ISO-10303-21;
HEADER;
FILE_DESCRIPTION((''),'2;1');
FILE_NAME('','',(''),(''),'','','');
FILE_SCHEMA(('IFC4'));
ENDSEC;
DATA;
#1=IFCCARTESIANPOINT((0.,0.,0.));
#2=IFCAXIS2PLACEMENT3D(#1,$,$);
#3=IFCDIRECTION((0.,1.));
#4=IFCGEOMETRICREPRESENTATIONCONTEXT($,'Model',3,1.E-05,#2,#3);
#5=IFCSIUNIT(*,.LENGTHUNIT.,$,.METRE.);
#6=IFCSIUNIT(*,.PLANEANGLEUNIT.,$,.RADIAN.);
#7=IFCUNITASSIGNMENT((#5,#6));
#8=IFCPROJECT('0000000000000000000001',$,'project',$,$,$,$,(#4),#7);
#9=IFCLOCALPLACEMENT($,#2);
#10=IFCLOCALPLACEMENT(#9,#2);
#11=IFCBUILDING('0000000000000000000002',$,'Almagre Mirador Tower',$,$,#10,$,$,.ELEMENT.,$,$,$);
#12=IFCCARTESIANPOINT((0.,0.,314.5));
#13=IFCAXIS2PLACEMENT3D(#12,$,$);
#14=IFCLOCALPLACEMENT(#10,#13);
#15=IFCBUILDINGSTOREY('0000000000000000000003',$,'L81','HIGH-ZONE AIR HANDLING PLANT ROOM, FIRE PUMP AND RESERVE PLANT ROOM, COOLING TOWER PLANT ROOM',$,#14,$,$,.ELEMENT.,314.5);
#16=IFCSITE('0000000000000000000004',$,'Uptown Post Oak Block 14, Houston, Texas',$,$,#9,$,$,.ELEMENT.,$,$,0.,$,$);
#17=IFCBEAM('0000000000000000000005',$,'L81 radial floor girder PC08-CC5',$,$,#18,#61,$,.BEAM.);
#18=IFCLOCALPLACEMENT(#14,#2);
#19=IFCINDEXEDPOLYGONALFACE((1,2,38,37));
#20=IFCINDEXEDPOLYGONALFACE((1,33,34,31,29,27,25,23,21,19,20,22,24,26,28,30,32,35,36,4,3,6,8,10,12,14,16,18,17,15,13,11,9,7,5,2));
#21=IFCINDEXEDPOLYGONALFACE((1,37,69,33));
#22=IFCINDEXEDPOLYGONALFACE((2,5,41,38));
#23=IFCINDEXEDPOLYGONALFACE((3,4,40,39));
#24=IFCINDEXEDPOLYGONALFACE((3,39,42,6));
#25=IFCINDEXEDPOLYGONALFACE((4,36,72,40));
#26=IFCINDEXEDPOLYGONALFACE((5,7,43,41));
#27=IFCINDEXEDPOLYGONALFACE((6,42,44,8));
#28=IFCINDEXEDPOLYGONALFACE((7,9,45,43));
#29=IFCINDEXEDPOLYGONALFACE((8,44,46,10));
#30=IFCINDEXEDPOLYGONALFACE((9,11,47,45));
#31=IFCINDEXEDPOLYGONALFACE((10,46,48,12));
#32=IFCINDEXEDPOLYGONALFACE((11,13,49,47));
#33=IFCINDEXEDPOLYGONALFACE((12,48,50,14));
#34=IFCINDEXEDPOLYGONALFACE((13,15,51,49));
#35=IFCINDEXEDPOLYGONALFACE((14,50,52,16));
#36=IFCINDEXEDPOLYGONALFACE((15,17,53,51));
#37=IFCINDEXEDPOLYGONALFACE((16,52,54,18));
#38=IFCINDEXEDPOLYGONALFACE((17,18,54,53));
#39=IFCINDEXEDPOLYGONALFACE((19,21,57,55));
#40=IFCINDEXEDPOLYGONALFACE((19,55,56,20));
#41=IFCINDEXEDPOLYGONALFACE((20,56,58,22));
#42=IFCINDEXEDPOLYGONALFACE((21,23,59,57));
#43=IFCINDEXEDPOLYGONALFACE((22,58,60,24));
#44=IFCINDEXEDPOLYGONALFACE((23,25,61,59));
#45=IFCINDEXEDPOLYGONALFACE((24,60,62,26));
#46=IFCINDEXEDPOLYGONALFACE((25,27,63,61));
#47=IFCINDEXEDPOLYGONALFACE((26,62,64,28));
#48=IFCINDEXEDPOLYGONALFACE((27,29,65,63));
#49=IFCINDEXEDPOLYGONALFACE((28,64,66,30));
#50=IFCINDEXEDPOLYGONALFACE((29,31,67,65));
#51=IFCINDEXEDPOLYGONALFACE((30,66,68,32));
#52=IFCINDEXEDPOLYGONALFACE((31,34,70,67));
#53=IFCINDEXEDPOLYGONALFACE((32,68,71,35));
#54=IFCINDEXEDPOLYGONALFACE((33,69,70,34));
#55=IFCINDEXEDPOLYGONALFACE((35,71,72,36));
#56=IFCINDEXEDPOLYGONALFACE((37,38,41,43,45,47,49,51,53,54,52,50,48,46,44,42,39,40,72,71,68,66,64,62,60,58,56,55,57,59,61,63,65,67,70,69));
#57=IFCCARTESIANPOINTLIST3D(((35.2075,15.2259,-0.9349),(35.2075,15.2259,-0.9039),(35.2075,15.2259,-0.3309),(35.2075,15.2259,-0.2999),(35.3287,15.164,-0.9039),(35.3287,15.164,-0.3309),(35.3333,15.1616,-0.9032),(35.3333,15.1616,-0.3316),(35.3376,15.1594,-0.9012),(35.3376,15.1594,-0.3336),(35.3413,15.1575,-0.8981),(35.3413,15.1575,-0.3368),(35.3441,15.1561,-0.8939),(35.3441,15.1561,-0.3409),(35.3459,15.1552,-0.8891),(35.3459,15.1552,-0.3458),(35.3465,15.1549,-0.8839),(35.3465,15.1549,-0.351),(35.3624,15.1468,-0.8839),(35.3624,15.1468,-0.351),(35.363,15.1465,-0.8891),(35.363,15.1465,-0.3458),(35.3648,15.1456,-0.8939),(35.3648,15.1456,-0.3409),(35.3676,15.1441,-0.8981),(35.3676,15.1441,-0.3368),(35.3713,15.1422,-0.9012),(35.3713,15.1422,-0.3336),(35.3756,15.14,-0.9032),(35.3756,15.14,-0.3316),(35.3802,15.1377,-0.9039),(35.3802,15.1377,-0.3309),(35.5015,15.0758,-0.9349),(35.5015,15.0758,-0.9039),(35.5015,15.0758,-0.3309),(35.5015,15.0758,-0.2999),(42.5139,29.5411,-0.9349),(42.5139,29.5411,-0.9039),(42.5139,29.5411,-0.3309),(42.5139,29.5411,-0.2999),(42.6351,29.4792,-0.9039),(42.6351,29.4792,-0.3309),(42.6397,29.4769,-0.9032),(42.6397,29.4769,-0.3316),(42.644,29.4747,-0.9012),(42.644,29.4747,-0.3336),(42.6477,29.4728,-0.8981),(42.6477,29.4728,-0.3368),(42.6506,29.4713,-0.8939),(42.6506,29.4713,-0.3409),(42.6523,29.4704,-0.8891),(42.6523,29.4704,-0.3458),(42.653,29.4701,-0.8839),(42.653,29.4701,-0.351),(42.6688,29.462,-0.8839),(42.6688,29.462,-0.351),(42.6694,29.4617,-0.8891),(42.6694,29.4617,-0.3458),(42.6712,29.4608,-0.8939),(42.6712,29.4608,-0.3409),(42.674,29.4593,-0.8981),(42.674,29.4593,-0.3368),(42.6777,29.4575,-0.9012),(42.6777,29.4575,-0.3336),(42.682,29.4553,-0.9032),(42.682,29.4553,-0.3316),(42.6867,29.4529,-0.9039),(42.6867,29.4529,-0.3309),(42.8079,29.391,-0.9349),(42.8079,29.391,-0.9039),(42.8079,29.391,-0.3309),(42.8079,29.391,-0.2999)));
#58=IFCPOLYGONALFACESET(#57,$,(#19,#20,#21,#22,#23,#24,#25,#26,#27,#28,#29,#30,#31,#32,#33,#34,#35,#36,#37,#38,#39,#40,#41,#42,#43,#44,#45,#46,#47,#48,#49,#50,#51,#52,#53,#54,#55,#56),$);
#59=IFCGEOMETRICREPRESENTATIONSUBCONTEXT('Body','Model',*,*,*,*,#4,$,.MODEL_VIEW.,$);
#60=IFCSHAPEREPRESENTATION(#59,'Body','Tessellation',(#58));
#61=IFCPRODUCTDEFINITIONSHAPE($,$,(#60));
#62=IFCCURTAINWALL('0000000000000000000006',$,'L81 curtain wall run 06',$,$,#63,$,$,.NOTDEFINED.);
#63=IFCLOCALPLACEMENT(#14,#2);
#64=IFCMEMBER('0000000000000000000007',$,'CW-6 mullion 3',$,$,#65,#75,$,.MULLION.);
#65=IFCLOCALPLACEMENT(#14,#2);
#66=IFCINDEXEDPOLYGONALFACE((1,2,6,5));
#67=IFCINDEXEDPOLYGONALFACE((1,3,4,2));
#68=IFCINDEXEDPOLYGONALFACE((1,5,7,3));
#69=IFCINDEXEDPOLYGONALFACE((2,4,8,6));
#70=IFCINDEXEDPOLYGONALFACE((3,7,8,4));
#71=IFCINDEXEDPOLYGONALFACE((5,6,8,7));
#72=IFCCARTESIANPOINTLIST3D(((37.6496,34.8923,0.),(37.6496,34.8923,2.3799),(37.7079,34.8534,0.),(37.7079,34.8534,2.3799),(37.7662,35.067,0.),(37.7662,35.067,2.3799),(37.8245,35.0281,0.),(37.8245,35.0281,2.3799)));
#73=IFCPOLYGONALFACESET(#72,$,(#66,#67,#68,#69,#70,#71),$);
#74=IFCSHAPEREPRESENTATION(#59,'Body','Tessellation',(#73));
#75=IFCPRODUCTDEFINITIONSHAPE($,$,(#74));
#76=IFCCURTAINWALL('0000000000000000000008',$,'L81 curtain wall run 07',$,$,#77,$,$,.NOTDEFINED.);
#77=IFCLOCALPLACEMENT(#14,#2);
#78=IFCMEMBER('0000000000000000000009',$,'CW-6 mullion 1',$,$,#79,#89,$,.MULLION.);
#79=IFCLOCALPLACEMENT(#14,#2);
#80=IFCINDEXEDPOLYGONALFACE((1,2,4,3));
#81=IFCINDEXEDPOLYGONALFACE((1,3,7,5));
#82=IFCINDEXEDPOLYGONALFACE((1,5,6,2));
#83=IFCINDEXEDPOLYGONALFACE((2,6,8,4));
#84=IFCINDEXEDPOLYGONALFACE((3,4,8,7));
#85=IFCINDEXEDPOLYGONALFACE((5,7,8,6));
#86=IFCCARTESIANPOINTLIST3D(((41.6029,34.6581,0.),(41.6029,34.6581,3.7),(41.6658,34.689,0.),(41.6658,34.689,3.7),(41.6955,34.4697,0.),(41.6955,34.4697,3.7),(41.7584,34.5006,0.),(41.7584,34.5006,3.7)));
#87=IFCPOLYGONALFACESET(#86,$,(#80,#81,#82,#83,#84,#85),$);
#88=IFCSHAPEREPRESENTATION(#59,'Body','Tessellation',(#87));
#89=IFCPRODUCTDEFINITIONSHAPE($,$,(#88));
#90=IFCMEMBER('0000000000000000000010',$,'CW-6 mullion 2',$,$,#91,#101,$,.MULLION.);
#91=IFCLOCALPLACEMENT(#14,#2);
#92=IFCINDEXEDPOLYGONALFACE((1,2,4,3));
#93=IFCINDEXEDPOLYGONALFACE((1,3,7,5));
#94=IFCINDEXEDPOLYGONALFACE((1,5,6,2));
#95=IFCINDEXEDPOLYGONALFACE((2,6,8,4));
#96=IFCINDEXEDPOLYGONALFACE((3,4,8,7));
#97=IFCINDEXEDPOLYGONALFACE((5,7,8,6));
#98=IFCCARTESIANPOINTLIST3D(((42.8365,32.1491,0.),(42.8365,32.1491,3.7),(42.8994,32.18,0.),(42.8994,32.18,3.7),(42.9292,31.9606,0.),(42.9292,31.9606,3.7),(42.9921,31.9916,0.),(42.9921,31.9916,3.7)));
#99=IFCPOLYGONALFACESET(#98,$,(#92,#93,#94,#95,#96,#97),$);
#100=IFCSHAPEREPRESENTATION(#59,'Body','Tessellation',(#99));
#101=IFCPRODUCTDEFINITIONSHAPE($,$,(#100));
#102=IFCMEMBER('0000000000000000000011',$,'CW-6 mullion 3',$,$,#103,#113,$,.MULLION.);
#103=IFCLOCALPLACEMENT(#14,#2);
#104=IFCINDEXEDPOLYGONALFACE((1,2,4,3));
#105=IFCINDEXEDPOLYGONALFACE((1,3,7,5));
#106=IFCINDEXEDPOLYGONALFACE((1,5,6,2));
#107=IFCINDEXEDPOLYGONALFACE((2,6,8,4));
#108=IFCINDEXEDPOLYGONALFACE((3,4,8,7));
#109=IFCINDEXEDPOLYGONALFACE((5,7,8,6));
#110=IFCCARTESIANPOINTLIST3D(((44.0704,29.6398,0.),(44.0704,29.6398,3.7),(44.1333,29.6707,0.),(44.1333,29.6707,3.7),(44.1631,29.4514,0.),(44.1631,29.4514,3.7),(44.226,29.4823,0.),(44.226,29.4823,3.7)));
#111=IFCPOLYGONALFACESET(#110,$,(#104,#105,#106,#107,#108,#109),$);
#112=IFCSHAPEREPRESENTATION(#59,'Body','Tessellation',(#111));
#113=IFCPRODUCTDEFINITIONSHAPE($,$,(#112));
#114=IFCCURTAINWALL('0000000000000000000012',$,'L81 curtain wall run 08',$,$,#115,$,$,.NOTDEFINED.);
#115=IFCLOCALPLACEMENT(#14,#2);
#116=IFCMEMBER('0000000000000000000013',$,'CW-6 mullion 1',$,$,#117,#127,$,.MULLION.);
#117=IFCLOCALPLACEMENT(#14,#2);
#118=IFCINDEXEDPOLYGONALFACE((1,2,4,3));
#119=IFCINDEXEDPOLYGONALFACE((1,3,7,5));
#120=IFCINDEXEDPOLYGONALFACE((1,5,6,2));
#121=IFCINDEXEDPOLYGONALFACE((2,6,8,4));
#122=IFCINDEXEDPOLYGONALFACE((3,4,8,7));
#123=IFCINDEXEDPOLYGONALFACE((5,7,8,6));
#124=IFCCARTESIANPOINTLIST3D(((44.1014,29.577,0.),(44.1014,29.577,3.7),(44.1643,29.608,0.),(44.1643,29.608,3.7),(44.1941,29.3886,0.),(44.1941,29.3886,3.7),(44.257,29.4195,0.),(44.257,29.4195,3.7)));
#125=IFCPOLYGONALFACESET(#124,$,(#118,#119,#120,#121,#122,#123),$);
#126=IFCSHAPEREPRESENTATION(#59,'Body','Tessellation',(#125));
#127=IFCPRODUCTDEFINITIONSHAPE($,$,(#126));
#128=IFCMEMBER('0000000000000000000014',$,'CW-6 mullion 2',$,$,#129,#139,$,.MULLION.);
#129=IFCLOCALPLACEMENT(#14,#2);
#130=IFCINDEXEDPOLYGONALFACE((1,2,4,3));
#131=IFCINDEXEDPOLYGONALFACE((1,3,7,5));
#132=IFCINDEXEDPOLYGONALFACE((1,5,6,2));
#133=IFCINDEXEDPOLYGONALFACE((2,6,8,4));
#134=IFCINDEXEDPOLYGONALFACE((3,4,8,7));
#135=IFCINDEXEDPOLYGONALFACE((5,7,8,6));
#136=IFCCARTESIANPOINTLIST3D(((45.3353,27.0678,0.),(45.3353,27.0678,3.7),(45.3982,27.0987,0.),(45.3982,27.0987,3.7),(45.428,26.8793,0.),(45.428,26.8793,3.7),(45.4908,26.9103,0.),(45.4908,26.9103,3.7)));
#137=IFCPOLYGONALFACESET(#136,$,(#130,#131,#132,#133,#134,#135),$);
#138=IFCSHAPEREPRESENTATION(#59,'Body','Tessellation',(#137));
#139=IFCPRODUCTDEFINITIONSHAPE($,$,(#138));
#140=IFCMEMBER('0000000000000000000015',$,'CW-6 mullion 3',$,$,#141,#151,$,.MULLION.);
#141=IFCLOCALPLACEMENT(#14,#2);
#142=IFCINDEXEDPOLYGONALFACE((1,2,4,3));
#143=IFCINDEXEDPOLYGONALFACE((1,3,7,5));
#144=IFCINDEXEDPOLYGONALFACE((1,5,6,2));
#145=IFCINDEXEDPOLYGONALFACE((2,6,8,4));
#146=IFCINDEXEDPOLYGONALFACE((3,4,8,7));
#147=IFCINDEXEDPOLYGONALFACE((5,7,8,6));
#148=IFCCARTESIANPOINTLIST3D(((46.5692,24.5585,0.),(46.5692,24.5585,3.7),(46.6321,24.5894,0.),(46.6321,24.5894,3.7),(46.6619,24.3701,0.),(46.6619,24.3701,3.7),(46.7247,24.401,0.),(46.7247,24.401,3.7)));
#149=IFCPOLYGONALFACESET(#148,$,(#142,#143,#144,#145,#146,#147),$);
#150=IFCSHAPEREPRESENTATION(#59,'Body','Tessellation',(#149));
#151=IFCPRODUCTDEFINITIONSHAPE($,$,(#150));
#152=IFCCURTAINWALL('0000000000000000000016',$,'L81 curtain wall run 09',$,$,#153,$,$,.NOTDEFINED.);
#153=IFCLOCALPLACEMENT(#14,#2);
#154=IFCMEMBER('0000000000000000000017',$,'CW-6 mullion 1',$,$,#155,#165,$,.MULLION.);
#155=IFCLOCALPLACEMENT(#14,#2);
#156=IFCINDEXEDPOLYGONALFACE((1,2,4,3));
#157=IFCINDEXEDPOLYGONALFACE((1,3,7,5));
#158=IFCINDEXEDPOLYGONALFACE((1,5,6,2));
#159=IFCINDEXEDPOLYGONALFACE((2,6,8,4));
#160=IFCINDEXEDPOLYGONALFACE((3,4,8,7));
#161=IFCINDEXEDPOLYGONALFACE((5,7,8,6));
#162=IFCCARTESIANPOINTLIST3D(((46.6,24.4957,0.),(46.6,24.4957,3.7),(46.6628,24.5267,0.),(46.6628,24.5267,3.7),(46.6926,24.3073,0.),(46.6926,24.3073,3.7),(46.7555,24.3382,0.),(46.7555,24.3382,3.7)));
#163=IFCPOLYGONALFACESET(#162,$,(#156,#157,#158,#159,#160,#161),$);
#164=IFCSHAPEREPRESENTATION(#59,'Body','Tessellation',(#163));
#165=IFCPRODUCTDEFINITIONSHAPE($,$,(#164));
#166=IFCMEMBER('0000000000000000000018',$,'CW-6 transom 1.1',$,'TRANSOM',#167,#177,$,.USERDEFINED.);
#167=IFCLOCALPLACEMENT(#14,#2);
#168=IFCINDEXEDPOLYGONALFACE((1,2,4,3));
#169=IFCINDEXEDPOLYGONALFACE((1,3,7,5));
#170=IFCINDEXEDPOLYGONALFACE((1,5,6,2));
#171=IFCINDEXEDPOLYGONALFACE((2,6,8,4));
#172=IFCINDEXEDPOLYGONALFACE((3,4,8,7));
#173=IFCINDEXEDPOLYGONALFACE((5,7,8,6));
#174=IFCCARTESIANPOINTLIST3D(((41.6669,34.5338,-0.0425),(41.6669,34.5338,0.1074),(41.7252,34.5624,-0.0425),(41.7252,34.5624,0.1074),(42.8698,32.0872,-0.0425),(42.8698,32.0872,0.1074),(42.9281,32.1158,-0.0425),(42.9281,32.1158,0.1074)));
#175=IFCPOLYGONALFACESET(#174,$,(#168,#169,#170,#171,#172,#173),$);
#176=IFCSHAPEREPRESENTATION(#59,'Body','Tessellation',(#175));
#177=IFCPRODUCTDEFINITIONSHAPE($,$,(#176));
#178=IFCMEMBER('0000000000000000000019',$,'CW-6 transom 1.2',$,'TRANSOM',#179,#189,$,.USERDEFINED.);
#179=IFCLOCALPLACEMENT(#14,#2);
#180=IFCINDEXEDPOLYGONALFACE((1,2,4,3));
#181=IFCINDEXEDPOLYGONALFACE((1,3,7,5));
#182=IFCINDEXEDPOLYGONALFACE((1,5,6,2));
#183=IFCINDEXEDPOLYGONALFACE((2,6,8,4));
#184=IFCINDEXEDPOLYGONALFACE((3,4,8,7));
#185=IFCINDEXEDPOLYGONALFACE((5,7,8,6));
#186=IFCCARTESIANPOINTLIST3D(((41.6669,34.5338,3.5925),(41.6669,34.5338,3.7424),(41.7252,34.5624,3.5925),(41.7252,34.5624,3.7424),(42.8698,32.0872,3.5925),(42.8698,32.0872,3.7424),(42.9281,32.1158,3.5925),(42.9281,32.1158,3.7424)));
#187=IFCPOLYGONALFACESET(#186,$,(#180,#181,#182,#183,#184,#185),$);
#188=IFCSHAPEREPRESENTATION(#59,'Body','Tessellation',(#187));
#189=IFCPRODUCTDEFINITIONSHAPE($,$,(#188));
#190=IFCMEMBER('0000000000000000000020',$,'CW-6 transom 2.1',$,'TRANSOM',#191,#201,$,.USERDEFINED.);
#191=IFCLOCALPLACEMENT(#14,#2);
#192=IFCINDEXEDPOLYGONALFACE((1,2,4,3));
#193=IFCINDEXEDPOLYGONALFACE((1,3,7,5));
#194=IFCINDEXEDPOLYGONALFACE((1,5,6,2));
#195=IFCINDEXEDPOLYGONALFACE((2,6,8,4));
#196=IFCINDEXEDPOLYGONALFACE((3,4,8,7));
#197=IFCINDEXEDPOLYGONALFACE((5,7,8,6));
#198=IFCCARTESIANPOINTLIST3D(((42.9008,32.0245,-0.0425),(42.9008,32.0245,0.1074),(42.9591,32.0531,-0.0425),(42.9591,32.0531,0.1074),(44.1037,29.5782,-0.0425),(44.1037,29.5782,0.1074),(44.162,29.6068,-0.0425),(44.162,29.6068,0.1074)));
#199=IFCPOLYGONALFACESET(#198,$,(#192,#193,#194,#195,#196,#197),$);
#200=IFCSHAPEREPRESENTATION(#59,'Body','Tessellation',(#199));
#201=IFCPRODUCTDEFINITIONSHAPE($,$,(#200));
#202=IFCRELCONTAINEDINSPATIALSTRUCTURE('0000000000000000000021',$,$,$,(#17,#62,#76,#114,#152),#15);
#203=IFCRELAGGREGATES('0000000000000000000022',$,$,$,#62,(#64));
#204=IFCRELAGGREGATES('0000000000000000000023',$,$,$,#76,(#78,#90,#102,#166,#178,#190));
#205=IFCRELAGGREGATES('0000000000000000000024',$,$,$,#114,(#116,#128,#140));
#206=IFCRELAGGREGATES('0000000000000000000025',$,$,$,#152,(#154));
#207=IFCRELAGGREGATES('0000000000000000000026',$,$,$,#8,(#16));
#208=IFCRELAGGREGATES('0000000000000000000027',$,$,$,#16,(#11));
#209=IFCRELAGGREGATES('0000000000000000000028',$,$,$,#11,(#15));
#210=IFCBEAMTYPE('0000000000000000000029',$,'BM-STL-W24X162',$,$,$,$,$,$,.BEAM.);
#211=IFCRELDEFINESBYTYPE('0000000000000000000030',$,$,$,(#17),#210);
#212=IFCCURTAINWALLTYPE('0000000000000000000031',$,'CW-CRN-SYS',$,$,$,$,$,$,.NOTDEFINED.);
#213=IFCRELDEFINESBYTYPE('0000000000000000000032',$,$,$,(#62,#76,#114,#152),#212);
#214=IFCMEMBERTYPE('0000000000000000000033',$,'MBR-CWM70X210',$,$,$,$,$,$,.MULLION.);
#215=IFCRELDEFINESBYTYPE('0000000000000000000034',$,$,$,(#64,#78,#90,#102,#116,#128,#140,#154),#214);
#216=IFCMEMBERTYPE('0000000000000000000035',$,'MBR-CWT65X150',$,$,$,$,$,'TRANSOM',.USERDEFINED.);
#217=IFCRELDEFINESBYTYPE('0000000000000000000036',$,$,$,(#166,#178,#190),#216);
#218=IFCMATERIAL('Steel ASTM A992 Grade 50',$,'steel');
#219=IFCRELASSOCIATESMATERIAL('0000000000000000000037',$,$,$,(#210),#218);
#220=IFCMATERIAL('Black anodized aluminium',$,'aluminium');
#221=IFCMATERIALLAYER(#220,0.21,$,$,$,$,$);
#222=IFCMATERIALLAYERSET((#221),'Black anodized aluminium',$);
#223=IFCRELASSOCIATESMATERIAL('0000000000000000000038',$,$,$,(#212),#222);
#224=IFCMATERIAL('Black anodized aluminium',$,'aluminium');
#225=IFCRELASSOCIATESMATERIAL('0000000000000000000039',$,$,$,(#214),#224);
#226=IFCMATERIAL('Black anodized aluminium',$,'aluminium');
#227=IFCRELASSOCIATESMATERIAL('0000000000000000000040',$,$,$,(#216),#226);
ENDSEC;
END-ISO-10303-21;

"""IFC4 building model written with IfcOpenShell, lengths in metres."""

from ifc_helpers import new_model, si_unit, direction, frame, origin, origin_2d, place, context, subcontext, project, spatial, rectangle, i_section, extrude, material, layer, layer_set, material_profile, profile_set, type_object, element, aggregate, save


model = new_model("IFC4")

# Units and contexts
model_context = context("Model", 3, precision=1e-05, world=origin(), true_north=direction((0.0, 1.0)))
body_context = subcontext(model_context, "Body", "Model", "MODEL_VIEW")
ifc_project = project(units=[si_unit("LENGTHUNIT", "METRE"), si_unit("PLANEANGLEUNIT", "RADIAN")], contexts=[model_context])

# Site, building, storey
site_placement = place(None, origin())
site = spatial("IfcSite", under=ifc_project, at=site_placement, Name="Uptown Post Oak Block 14, Houston, Texas", CompositionType="ELEMENT", RefElevation=0.0)
building_placement = place(site_placement, origin())
building = spatial("IfcBuilding", under=site, at=building_placement, Name="Almagre Mirador Tower", CompositionType="ELEMENT")
storey_placement = place(building_placement, frame((0.0, 0.0, 314.5)))
storey = spatial("IfcBuildingStorey", under=building, at=storey_placement, Name="L81", Description="HIGH-ZONE AIR HANDLING PLANT ROOM, FIRE PUMP AND RESERVE PLANT ROOM, COOLING TOWER PLANT ROOM", CompositionType="ELEMENT", Elevation=314.5)

# Beam
ifc_material_1 = material(Name="Steel ASTM A992 Grade 50", Category="steel")
ifc_material_profile_1 = material_profile(ifc_material_1, i_section(OverallWidth=0.3301, OverallDepth=0.635, WebThickness=0.0178, FlangeThickness=0.031, FilletRadius=0.02, at=origin_2d()), Name="W24X162")
ifc_profile_set_1 = profile_set([ifc_material_profile_1], Name="Steel ASTM A992 Grade 50")
beam_type_1 = type_object("IfcBeamType", Name="BM-STL-W24X162", PredefinedType="BEAM", material=ifc_profile_set_1)
beam_1_placement = place(storey_placement, frame((42.6609, 29.4661, -0.6174), z_axis=(-0.454605, -0.890693, 0.0), x_axis=(0.890693, -0.454605, 0.0)))
element("IfcBeam", 1, at=beam_1_placement, inside=storey, type_object=beam_type_1, Name="L81 radial floor girder PC08-CC5", PredefinedType="BEAM", context=body_context, shape_type="SweptSolid", body=[
    extrude(i_section(OverallWidth=0.3301, OverallDepth=0.635, WebThickness=0.0178, FlangeThickness=0.031, FilletRadius=0.02, at=origin_2d()), origin(), (0.0, 0.0, 1.0), 16.072),
])

# Curtain wall, member
ifc_material_2 = material(Name="Black anodized aluminium", Category="aluminium")
ifc_layer_1 = layer(ifc_material_2, 0.21)
ifc_layer_set_1 = layer_set([ifc_layer_1], Name="Black anodized aluminium")
curtain_wall_type = type_object("IfcCurtainWallType", Name="CW-CRN-SYS", PredefinedType="NOTDEFINED", material=ifc_layer_set_1)
curtain_wall_1_placement = place(storey_placement, origin())
curtain_wall_1 = element("IfcCurtainWall", 2, at=curtain_wall_1_placement, inside=storey, type_object=curtain_wall_type, Name="L81 curtain wall run 06", PredefinedType="NOTDEFINED")
ifc_material_3 = material(Name="Black anodized aluminium", Category="aluminium")
ifc_material_profile_2 = material_profile(ifc_material_3, rectangle(XDim=0.0701, YDim=0.21, at=origin_2d()), Name="CWM70X210")
ifc_profile_set_2 = profile_set([ifc_material_profile_2], Name="Black anodized aluminium")
member_type_1 = type_object("IfcMemberType", Name="MBR-CWM70X210", PredefinedType="MULLION", material=ifc_profile_set_2)
member_1_placement = place(storey_placement, frame((37.7371, 34.9602, 0.0), z_axis=(0.0, 0.0, 1.0), x_axis=(-0.831708, 0.555213, 0.0)))
member_1 = element("IfcMember", 3, at=member_1_placement, type_object=member_type_1, Name="CW-6 mullion 3", PredefinedType="MULLION", context=body_context, shape_type="SweptSolid", body=[
    extrude(rectangle(XDim=0.0701, YDim=0.21, at=origin_2d()), origin(), (0.0, 0.0, 1.0), 2.3799),
])

# Curtain walls, members
curtain_wall_2_placement = place(storey_placement, origin())
curtain_wall_2 = element("IfcCurtainWall", 4, at=curtain_wall_2_placement, inside=storey, type_object=curtain_wall_type, Name="L81 curtain wall run 07", PredefinedType="NOTDEFINED")
member_2_placement = place(storey_placement, frame((41.6807, 34.5793, 0.0), z_axis=(0.0, 0.0, 1.0), x_axis=(0.897375, 0.44127, 0.0)))
member_2 = element("IfcMember", 5, at=member_2_placement, type_object=member_type_1, Name="CW-6 mullion 1", PredefinedType="MULLION", context=body_context, shape_type="SweptSolid", body=[
    extrude(rectangle(XDim=0.0701, YDim=0.21, at=origin_2d()), origin(), (0.0, 0.0, 1.0), 3.7),
])
member_3_placement = place(storey_placement, frame((42.9143, 32.0703, 0.0), z_axis=(0.0, 0.0, 1.0), x_axis=(0.897375, 0.44127, 0.0)))
member_3 = element("IfcMember", 6, at=member_3_placement, type_object=member_type_1, Name="CW-6 mullion 2", PredefinedType="MULLION", context=body_context, shape_type="SweptSolid", body=[
    extrude(rectangle(XDim=0.0701, YDim=0.21, at=origin_2d()), origin(), (0.0, 0.0, 1.0), 3.7),
])
member_4_placement = place(storey_placement, frame((44.1482, 29.561, 0.0), z_axis=(0.0, 0.0, 1.0), x_axis=(0.897375, 0.44127, 0.0)))
member_4 = element("IfcMember", 7, at=member_4_placement, type_object=member_type_1, Name="CW-6 mullion 3", PredefinedType="MULLION", context=body_context, shape_type="SweptSolid", body=[
    extrude(rectangle(XDim=0.0701, YDim=0.21, at=origin_2d()), origin(), (0.0, 0.0, 1.0), 3.7),
])
curtain_wall_3_placement = place(storey_placement, origin())
curtain_wall_3 = element("IfcCurtainWall", 8, at=curtain_wall_3_placement, inside=storey, type_object=curtain_wall_type, Name="L81 curtain wall run 08", PredefinedType="NOTDEFINED")
member_5_placement = place(storey_placement, frame((44.1792, 29.4983, 0.0), z_axis=(0.0, 0.0, 1.0), x_axis=(0.897375, 0.44127, 0.0)))
member_5 = element("IfcMember", 9, at=member_5_placement, type_object=member_type_1, Name="CW-6 mullion 1", PredefinedType="MULLION", context=body_context, shape_type="SweptSolid", body=[
    extrude(rectangle(XDim=0.0701, YDim=0.21, at=origin_2d()), origin(), (0.0, 0.0, 1.0), 3.7),
])
member_6_placement = place(storey_placement, frame((45.4131, 26.989, 0.0), z_axis=(0.0, 0.0, 1.0), x_axis=(0.897375, 0.44127, 0.0)))
member_6 = element("IfcMember", 10, at=member_6_placement, type_object=member_type_1, Name="CW-6 mullion 2", PredefinedType="MULLION", context=body_context, shape_type="SweptSolid", body=[
    extrude(rectangle(XDim=0.0701, YDim=0.21, at=origin_2d()), origin(), (0.0, 0.0, 1.0), 3.7),
])
member_7_placement = place(storey_placement, frame((46.647, 24.4797, 0.0), z_axis=(0.0, 0.0, 1.0), x_axis=(0.897375, 0.44127, 0.0)))
member_7 = element("IfcMember", 11, at=member_7_placement, type_object=member_type_1, Name="CW-6 mullion 3", PredefinedType="MULLION", context=body_context, shape_type="SweptSolid", body=[
    extrude(rectangle(XDim=0.0701, YDim=0.21, at=origin_2d()), origin(), (0.0, 0.0, 1.0), 3.7),
])

# Curtain wall, member
curtain_wall_4_placement = place(storey_placement, origin())
curtain_wall_4 = element("IfcCurtainWall", 12, at=curtain_wall_4_placement, inside=storey, type_object=curtain_wall_type, Name="L81 curtain wall run 09", PredefinedType="NOTDEFINED")
member_8_placement = place(storey_placement, frame((46.6777, 24.417, 0.0), z_axis=(0.0, 0.0, 1.0), x_axis=(0.897375, 0.44127, 0.0)))
member_8 = element("IfcMember", 13, at=member_8_placement, type_object=member_type_1, Name="CW-6 mullion 1", PredefinedType="MULLION", context=body_context, shape_type="SweptSolid", body=[
    extrude(rectangle(XDim=0.0701, YDim=0.21, at=origin_2d()), origin(), (0.0, 0.0, 1.0), 3.7),
])

# Members
ifc_material_4 = material(Name="Black anodized aluminium", Category="aluminium")
ifc_material_profile_3 = material_profile(ifc_material_4, rectangle(XDim=0.0649, YDim=0.1499, at=origin_2d()), Name="CWT65X150")
ifc_profile_set_3 = profile_set([ifc_material_profile_3], Name="Black anodized aluminium")
member_type_2 = type_object("IfcMemberType", Name="MBR-CWT65X150", ElementType="TRANSOM", PredefinedType="USERDEFINED", material=ifc_profile_set_3)
member_9_placement = place(storey_placement, frame((41.696, 34.5481, 0.0325), z_axis=(0.441222, -0.897398, 0.0), x_axis=(0.897398, 0.441222, 0.0)))
member_9 = element("IfcMember", 14, at=member_9_placement, type_object=member_type_2, Name="CW-6 transom 1.1", ObjectType="TRANSOM", PredefinedType="USERDEFINED", context=body_context, shape_type="SweptSolid", body=[
    extrude(rectangle(XDim=0.0649, YDim=0.1499, at=origin_2d()), origin(), (0.0, 0.0, 1.0), 2.7263),
])
member_10_placement = place(storey_placement, frame((41.696, 34.5481, 3.6675), z_axis=(0.441222, -0.897398, 0.0), x_axis=(0.897398, 0.441222, 0.0)))
member_10 = element("IfcMember", 15, at=member_10_placement, type_object=member_type_2, Name="CW-6 transom 1.2", ObjectType="TRANSOM", PredefinedType="USERDEFINED", context=body_context, shape_type="SweptSolid", body=[
    extrude(rectangle(XDim=0.0649, YDim=0.1499, at=origin_2d()), origin(), (0.0, 0.0, 1.0), 2.7263),
])
member_11_placement = place(storey_placement, frame((42.9299, 32.0388, 0.0325), z_axis=(0.441257, -0.897381, 0.0), x_axis=(0.897381, 0.441257, 0.0)))
member_11 = element("IfcMember", 16, at=member_11_placement, type_object=member_type_2, Name="CW-6 transom 2.1", ObjectType="TRANSOM", PredefinedType="USERDEFINED", context=body_context, shape_type="SweptSolid", body=[
    extrude(rectangle(XDim=0.0649, YDim=0.1499, at=origin_2d()), origin(), (0.0, 0.0, 1.0), 2.7261),
])

aggregate(curtain_wall_1, [member_1])
aggregate(curtain_wall_2, [member_2, member_3, member_4, member_9, member_10, member_11])
aggregate(curtain_wall_3, [member_5, member_6, member_7])
aggregate(curtain_wall_4, [member_8])

save(model, "model.ifc")
